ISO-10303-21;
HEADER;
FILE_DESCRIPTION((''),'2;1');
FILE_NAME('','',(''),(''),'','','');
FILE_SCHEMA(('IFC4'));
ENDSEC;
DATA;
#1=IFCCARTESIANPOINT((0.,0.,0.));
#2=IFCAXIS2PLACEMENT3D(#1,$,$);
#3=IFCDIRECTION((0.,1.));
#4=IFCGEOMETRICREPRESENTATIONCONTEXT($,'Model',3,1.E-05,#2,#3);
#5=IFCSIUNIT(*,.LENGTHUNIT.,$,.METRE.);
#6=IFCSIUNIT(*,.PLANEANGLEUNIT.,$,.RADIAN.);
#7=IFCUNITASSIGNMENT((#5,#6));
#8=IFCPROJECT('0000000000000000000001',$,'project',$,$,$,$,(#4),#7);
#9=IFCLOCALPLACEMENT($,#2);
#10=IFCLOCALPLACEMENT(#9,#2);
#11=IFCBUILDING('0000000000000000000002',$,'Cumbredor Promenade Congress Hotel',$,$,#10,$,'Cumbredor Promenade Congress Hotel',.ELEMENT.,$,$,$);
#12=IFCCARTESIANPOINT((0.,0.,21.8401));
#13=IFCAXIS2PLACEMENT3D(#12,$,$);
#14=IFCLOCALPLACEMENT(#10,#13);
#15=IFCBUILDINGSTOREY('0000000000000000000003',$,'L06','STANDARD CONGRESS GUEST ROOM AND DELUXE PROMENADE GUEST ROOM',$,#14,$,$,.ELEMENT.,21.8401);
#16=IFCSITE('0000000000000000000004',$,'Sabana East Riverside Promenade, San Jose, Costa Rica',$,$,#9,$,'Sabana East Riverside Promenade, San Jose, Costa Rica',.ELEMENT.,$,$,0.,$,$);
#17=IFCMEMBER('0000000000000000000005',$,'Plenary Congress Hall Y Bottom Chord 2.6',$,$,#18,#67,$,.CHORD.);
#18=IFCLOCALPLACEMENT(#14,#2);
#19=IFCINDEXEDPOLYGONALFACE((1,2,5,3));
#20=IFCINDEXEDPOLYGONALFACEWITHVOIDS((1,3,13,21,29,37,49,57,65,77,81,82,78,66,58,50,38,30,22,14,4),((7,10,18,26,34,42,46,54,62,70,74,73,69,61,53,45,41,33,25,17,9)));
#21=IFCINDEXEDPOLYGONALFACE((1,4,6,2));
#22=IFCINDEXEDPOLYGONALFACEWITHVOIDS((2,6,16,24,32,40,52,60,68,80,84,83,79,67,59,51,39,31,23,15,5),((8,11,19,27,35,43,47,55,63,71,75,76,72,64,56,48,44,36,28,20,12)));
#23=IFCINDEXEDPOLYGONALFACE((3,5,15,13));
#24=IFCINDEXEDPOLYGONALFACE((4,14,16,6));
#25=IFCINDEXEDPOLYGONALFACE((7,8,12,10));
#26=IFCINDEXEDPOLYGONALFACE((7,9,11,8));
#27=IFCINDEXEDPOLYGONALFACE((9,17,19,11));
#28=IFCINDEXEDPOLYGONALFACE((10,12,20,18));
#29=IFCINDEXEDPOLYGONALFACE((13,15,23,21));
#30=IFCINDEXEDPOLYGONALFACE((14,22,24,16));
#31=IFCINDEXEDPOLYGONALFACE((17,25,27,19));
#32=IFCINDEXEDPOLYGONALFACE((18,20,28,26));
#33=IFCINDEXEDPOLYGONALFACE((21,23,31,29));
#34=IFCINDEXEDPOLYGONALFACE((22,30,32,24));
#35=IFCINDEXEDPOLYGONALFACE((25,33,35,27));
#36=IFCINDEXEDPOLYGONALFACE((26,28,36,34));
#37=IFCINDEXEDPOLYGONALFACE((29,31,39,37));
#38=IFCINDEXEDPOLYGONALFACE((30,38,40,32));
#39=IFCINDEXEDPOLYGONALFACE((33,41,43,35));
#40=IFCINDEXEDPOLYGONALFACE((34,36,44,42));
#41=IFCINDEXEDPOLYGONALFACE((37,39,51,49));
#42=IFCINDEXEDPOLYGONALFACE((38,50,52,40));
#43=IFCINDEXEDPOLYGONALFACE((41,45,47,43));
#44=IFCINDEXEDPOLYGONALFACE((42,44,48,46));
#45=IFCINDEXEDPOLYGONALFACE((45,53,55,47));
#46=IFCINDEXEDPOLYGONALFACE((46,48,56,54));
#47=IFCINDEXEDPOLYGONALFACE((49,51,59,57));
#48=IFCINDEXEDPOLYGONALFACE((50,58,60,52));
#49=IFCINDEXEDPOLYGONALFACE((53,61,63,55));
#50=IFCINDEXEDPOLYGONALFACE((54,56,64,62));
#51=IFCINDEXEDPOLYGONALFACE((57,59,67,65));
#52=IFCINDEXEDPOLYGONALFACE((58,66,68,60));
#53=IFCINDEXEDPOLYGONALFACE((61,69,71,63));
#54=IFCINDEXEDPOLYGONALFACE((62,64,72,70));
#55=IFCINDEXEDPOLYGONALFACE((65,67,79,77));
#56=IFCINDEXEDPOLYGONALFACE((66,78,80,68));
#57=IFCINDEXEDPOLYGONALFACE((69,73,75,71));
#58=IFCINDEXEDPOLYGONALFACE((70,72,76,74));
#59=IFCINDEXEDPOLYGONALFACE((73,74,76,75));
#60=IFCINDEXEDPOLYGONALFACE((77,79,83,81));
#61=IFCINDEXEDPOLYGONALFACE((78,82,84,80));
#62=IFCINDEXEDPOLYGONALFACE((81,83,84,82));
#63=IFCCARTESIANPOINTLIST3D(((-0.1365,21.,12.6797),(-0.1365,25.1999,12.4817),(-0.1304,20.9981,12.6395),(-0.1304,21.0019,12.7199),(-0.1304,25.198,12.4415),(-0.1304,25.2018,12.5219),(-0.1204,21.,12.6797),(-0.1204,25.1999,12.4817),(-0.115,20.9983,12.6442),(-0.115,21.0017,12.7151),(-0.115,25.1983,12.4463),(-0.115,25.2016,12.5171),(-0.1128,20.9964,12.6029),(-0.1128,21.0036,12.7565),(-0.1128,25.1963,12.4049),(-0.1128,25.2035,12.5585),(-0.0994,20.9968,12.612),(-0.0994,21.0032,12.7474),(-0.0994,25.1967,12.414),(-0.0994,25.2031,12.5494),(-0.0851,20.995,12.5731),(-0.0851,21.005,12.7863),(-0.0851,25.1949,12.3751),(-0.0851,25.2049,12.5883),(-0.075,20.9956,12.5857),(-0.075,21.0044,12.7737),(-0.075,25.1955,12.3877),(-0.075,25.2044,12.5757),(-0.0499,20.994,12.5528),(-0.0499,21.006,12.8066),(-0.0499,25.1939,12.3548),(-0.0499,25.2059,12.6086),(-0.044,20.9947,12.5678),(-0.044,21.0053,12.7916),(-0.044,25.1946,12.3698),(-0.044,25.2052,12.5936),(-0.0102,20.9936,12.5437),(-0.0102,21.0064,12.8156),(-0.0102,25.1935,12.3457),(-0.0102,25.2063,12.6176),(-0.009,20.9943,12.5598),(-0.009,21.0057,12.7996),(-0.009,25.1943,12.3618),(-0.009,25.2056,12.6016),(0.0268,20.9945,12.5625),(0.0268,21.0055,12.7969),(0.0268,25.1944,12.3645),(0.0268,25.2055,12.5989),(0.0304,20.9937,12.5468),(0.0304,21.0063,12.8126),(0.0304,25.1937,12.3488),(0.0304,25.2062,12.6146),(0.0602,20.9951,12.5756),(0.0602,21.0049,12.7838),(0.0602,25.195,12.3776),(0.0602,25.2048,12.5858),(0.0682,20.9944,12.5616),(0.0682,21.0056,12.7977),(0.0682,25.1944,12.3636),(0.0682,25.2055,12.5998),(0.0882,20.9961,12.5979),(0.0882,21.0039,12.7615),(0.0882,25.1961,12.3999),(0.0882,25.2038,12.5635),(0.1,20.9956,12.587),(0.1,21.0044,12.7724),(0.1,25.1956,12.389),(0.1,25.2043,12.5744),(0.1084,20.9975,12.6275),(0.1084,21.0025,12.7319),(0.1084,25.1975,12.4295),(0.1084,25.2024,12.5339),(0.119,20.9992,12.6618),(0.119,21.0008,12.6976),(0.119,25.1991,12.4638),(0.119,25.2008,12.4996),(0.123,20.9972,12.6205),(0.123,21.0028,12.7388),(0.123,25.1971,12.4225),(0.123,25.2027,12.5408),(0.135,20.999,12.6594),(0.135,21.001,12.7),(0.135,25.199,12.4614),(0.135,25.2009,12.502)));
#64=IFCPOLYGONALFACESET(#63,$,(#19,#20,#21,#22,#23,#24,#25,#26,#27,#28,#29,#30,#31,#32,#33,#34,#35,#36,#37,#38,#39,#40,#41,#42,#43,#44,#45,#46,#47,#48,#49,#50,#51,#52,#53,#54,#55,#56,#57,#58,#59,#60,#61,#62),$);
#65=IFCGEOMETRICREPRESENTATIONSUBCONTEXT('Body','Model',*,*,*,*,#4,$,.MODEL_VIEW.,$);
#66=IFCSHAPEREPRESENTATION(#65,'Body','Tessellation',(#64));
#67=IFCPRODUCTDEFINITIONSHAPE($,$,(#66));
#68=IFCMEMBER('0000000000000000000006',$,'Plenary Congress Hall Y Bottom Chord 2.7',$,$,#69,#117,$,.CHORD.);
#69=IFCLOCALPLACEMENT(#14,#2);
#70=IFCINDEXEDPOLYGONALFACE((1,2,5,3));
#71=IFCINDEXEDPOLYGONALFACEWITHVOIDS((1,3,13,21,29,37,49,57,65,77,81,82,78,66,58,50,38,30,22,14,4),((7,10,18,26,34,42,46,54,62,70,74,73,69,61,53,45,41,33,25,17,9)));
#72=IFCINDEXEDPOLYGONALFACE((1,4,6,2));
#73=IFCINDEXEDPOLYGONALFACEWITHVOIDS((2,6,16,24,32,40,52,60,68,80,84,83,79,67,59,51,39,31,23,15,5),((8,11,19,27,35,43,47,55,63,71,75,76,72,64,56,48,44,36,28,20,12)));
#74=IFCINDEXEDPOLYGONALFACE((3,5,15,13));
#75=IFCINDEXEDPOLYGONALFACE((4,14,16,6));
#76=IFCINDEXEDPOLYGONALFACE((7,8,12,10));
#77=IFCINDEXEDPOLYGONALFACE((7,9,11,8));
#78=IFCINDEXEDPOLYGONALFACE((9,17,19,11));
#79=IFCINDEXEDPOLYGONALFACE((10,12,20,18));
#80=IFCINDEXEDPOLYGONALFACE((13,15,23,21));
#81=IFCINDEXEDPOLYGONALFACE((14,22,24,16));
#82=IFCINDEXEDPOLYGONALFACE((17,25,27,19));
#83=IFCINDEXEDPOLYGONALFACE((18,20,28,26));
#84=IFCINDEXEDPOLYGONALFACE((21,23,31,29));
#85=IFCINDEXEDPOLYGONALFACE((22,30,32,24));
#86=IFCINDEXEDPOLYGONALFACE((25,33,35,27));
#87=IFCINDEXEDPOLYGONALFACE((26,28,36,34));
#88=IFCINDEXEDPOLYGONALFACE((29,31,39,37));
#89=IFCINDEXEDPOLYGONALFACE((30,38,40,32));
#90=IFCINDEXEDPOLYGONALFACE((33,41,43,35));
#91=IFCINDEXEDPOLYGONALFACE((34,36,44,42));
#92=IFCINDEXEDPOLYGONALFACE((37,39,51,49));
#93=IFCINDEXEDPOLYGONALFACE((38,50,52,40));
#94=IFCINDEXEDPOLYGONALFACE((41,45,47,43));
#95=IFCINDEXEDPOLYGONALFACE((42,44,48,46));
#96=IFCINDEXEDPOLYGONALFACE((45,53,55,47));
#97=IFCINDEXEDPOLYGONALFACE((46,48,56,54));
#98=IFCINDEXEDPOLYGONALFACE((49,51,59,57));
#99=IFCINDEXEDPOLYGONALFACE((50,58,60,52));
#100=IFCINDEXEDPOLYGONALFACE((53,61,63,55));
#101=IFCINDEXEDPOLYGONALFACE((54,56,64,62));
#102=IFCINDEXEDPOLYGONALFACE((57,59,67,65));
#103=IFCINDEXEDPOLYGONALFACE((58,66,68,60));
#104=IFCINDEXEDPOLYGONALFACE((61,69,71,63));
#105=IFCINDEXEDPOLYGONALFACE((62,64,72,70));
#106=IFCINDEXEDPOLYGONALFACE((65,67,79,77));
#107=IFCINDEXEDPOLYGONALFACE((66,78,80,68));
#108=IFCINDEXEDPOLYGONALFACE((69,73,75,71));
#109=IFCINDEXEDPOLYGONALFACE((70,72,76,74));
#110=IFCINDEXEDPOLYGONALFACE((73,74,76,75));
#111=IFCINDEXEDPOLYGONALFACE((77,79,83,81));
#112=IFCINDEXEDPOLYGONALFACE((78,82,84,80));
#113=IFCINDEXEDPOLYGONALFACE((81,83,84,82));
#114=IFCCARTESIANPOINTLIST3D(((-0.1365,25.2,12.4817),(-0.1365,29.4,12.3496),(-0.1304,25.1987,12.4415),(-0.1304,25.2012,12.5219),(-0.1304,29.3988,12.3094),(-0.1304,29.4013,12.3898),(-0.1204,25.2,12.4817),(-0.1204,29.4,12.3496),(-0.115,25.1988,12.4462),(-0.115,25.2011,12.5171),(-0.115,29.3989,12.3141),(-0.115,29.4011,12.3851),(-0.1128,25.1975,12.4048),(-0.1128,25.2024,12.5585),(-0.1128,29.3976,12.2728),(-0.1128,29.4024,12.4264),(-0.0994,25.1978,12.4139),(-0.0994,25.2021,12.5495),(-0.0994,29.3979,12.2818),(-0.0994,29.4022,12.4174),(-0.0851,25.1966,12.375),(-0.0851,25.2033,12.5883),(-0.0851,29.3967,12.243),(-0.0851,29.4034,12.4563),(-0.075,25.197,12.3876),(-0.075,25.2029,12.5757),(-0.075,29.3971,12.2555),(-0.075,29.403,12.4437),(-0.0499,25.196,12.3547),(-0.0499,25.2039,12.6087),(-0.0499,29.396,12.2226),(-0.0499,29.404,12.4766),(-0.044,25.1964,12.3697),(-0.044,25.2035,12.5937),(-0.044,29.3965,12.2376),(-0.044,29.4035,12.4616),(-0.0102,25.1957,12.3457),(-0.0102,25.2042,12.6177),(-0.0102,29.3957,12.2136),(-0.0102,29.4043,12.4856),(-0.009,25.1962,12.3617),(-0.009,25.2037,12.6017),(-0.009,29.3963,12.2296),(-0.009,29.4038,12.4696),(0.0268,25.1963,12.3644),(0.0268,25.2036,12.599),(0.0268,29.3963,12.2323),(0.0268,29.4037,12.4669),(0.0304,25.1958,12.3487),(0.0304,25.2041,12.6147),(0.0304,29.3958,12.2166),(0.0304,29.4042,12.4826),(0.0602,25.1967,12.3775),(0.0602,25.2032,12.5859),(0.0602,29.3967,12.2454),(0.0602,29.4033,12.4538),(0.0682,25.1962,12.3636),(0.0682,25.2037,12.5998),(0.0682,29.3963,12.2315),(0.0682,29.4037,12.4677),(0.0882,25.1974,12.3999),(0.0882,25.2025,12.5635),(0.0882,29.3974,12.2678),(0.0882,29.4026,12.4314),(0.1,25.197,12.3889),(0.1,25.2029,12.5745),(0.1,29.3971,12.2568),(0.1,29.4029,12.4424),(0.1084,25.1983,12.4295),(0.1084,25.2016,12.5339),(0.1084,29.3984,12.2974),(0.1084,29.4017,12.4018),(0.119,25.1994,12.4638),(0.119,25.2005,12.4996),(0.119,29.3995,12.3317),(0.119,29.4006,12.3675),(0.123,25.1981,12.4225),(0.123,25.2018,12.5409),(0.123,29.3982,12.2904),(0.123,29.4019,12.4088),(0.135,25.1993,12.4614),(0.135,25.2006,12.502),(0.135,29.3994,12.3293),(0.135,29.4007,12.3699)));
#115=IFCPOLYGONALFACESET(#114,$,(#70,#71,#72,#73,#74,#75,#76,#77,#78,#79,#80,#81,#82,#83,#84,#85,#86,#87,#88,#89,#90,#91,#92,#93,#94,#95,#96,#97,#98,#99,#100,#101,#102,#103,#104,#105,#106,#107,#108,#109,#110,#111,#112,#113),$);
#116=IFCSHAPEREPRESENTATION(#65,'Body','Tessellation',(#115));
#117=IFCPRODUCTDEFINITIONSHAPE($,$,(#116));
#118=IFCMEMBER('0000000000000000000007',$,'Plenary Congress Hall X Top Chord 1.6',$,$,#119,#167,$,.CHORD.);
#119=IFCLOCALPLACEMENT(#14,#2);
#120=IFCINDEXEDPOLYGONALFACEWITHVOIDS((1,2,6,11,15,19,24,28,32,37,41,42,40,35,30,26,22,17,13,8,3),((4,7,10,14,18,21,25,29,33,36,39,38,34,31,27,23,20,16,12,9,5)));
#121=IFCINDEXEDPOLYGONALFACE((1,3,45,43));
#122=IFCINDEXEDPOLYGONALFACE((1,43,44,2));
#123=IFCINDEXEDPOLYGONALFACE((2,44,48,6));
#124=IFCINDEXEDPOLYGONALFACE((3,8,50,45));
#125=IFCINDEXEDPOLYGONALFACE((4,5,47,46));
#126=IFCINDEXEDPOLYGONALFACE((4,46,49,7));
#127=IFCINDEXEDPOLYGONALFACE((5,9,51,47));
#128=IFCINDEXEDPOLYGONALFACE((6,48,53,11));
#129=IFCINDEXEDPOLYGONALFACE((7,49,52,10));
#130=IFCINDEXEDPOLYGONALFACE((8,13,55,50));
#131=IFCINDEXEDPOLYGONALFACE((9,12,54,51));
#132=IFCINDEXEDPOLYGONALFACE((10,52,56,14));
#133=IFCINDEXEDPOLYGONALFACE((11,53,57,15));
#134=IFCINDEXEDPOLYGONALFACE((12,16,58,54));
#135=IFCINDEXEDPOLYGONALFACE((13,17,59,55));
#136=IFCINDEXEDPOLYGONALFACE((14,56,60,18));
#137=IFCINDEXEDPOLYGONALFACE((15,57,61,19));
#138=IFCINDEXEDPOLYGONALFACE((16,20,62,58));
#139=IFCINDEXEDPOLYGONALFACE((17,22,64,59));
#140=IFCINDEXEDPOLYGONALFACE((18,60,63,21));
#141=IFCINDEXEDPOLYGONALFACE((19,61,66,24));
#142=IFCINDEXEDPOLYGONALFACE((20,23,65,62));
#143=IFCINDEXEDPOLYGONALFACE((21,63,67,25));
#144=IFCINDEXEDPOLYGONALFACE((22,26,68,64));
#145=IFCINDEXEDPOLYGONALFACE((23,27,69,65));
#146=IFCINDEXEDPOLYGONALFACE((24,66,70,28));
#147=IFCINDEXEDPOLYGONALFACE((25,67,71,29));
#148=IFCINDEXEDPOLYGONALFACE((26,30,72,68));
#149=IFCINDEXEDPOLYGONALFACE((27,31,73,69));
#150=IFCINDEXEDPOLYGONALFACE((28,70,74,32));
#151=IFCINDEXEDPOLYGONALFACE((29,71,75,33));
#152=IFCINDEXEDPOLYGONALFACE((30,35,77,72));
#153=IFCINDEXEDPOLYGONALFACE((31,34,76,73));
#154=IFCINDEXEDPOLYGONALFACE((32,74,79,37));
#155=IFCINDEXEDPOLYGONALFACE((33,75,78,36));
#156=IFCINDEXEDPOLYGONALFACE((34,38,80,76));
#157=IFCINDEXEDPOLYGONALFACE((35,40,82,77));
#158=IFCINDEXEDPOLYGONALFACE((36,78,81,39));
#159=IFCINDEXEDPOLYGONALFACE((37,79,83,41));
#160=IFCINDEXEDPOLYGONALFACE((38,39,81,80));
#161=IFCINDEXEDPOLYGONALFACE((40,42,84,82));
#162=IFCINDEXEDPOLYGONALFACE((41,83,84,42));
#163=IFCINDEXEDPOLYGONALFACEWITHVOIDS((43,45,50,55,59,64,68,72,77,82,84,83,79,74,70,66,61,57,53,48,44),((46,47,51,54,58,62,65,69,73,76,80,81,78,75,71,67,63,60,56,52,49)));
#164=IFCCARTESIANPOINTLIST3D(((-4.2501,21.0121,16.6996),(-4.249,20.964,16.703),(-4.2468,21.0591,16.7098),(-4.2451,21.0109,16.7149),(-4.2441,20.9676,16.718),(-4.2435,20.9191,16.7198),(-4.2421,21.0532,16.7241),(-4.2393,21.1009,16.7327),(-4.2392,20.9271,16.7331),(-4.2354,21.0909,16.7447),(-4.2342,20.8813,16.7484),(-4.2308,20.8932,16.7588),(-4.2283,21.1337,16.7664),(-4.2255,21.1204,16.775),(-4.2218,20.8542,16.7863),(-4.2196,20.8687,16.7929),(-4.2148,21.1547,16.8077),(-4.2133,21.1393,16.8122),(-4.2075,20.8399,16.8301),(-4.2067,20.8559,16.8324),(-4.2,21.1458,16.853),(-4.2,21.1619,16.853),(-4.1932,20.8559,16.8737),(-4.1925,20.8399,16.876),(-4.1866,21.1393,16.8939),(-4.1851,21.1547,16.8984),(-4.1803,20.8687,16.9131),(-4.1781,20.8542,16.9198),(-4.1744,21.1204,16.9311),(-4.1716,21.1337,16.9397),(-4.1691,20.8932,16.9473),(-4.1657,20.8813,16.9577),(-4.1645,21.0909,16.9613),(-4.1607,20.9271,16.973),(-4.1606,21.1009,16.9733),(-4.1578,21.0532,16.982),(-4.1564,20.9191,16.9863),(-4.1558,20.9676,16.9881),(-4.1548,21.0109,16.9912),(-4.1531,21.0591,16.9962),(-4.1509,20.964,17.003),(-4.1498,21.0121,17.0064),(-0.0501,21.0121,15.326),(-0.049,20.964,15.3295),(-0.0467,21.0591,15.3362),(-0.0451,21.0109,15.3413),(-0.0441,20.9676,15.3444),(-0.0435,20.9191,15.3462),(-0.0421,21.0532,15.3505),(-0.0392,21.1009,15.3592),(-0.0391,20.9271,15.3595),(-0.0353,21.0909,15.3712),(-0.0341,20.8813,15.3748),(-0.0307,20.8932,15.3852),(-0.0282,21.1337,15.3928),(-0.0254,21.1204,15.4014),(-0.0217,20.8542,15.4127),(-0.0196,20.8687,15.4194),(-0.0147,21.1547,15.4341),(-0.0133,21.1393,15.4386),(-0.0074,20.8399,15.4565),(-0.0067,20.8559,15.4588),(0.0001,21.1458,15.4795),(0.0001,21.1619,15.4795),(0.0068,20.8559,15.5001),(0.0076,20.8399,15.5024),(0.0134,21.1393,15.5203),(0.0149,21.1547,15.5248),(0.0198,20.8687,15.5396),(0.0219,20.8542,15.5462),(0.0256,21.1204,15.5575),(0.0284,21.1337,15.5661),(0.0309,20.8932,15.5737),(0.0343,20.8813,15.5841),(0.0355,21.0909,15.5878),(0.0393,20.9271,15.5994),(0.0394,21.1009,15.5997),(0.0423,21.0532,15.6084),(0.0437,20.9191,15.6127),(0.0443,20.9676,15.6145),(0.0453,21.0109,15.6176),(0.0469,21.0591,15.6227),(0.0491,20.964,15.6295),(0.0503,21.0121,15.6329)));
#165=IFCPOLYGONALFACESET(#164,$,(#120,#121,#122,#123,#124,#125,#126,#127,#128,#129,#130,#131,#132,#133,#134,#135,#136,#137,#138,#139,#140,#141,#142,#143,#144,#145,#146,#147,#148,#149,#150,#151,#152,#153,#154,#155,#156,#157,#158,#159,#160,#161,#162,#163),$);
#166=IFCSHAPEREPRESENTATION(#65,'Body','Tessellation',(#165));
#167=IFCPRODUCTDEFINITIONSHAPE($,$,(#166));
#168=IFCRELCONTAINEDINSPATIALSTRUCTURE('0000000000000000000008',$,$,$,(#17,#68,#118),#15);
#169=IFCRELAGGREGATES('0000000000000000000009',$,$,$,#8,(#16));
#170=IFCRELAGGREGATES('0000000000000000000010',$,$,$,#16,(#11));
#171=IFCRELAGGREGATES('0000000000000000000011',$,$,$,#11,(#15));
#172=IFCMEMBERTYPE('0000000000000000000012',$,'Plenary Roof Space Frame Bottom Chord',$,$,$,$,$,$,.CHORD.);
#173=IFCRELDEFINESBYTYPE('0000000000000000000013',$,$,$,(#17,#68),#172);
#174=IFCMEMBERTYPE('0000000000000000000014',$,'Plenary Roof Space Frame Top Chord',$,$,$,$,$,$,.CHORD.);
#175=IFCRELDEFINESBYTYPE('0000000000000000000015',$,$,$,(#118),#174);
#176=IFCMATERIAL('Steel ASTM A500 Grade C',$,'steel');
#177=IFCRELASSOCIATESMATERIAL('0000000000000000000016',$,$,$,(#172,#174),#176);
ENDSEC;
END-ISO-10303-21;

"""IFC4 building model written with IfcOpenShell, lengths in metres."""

from ifc_helpers import new_model, si_unit, direction, frame, origin, origin_2d, place, context, subcontext, project, spatial, hollow_circle, extrude, material, material_profile, profile_set, type_object, element, save


model = new_model("IFC4")

# Units and contexts
model_context = context("Model", 3, precision=1e-05, world=origin(), true_north=direction((0.0, 1.0)))
body_context = subcontext(model_context, "Body", "Model", "MODEL_VIEW")
ifc_project = project(units=[si_unit("LENGTHUNIT", "METRE"), si_unit("PLANEANGLEUNIT", "RADIAN")], contexts=[model_context])

# Site, building, storey
site_placement = place(None, origin())
site = spatial("IfcSite", under=ifc_project, at=site_placement, Name="Sabana East Riverside Promenade, San Jose, Costa Rica", LongName="Sabana East Riverside Promenade, San Jose, Costa Rica", CompositionType="ELEMENT", RefElevation=0.0)
building_placement = place(site_placement, origin())
building = spatial("IfcBuilding", under=site, at=building_placement, Name="Cumbredor Promenade Congress Hotel", LongName="Cumbredor Promenade Congress Hotel", CompositionType="ELEMENT")
storey_placement = place(building_placement, frame((0.0, 0.0, 21.8401)))
storey = spatial("IfcBuildingStorey", under=building, at=storey_placement, Name="L06", Description="STANDARD CONGRESS GUEST ROOM AND DELUXE PROMENADE GUEST ROOM", CompositionType="ELEMENT", Elevation=21.8401)

# Members
ifc_material_1 = material(Name="Steel ASTM A500 Grade C", Category="steel")
ifc_material_profile_1 = material_profile(ifc_material_1, hollow_circle(Radius=0.1365, WallThickness=0.0161, at=origin_2d()), Name="CHS 273.0x16")
ifc_profile_set_1 = profile_set([ifc_material_profile_1], Name="Steel ASTM A500 Grade C")
member_type_1 = type_object("IfcMemberType", Name="Plenary Roof Space Frame Bottom Chord", PredefinedType="CHORD", material=ifc_profile_set_1)
member_1_placement = place(storey_placement, frame((0.0, 21.0, 12.6797), z_axis=(0.0, 0.998891, -0.047091), x_axis=(-1.0, 0.0, 0.0)))
element("IfcMember", 1, at=member_1_placement, inside=storey, type_object=member_type_1, Name="Plenary Congress Hall Y Bottom Chord 2.6", PredefinedType="CHORD", context=body_context, shape_type="SweptSolid", body=[
    extrude(hollow_circle(Radius=0.1365, WallThickness=0.0161, at=origin_2d()), origin(), (0.0, 0.0, 1.0), 4.2046),
])
member_2_placement = place(storey_placement, frame((0.0, 25.2, 12.4817), z_axis=(0.0, 0.999506, -0.031432), x_axis=(-1.0, 0.0, 0.0)))
element("IfcMember", 2, at=member_2_placement, inside=storey, type_object=member_type_1, Name="Plenary Congress Hall Y Bottom Chord 2.7", PredefinedType="CHORD", context=body_context, shape_type="SweptSolid", body=[
    extrude(hollow_circle(Radius=0.1365, WallThickness=0.0161, at=origin_2d()), origin(), (0.0, 0.0, 1.0), 4.2021),
])
ifc_material_profile_2 = material_profile(ifc_material_1, hollow_circle(Radius=0.1619, WallThickness=0.0161, at=origin_2d()), Name="CHS 323.9x16")
ifc_profile_set_2 = profile_set([ifc_material_profile_2], Name="Steel ASTM A500 Grade C")
member_type_2 = type_object("IfcMemberType", Name="Plenary Roof Space Frame Top Chord", PredefinedType="CHORD", material=ifc_profile_set_2)
member_3_placement = place(storey_placement, frame((-4.2, 21.0, 16.853), z_axis=(0.950464, 0.0, -0.310836), x_axis=(0.0, 1.0, 0.0)))
element("IfcMember", 3, at=member_3_placement, inside=storey, type_object=member_type_2, Name="Plenary Congress Hall X Top Chord 1.6", PredefinedType="CHORD", context=body_context, shape_type="SweptSolid", body=[
    extrude(hollow_circle(Radius=0.1619, WallThickness=0.0161, at=origin_2d()), origin(), (0.0, 0.0, 1.0), 4.4189),
])

save(model, "model.ifc")
